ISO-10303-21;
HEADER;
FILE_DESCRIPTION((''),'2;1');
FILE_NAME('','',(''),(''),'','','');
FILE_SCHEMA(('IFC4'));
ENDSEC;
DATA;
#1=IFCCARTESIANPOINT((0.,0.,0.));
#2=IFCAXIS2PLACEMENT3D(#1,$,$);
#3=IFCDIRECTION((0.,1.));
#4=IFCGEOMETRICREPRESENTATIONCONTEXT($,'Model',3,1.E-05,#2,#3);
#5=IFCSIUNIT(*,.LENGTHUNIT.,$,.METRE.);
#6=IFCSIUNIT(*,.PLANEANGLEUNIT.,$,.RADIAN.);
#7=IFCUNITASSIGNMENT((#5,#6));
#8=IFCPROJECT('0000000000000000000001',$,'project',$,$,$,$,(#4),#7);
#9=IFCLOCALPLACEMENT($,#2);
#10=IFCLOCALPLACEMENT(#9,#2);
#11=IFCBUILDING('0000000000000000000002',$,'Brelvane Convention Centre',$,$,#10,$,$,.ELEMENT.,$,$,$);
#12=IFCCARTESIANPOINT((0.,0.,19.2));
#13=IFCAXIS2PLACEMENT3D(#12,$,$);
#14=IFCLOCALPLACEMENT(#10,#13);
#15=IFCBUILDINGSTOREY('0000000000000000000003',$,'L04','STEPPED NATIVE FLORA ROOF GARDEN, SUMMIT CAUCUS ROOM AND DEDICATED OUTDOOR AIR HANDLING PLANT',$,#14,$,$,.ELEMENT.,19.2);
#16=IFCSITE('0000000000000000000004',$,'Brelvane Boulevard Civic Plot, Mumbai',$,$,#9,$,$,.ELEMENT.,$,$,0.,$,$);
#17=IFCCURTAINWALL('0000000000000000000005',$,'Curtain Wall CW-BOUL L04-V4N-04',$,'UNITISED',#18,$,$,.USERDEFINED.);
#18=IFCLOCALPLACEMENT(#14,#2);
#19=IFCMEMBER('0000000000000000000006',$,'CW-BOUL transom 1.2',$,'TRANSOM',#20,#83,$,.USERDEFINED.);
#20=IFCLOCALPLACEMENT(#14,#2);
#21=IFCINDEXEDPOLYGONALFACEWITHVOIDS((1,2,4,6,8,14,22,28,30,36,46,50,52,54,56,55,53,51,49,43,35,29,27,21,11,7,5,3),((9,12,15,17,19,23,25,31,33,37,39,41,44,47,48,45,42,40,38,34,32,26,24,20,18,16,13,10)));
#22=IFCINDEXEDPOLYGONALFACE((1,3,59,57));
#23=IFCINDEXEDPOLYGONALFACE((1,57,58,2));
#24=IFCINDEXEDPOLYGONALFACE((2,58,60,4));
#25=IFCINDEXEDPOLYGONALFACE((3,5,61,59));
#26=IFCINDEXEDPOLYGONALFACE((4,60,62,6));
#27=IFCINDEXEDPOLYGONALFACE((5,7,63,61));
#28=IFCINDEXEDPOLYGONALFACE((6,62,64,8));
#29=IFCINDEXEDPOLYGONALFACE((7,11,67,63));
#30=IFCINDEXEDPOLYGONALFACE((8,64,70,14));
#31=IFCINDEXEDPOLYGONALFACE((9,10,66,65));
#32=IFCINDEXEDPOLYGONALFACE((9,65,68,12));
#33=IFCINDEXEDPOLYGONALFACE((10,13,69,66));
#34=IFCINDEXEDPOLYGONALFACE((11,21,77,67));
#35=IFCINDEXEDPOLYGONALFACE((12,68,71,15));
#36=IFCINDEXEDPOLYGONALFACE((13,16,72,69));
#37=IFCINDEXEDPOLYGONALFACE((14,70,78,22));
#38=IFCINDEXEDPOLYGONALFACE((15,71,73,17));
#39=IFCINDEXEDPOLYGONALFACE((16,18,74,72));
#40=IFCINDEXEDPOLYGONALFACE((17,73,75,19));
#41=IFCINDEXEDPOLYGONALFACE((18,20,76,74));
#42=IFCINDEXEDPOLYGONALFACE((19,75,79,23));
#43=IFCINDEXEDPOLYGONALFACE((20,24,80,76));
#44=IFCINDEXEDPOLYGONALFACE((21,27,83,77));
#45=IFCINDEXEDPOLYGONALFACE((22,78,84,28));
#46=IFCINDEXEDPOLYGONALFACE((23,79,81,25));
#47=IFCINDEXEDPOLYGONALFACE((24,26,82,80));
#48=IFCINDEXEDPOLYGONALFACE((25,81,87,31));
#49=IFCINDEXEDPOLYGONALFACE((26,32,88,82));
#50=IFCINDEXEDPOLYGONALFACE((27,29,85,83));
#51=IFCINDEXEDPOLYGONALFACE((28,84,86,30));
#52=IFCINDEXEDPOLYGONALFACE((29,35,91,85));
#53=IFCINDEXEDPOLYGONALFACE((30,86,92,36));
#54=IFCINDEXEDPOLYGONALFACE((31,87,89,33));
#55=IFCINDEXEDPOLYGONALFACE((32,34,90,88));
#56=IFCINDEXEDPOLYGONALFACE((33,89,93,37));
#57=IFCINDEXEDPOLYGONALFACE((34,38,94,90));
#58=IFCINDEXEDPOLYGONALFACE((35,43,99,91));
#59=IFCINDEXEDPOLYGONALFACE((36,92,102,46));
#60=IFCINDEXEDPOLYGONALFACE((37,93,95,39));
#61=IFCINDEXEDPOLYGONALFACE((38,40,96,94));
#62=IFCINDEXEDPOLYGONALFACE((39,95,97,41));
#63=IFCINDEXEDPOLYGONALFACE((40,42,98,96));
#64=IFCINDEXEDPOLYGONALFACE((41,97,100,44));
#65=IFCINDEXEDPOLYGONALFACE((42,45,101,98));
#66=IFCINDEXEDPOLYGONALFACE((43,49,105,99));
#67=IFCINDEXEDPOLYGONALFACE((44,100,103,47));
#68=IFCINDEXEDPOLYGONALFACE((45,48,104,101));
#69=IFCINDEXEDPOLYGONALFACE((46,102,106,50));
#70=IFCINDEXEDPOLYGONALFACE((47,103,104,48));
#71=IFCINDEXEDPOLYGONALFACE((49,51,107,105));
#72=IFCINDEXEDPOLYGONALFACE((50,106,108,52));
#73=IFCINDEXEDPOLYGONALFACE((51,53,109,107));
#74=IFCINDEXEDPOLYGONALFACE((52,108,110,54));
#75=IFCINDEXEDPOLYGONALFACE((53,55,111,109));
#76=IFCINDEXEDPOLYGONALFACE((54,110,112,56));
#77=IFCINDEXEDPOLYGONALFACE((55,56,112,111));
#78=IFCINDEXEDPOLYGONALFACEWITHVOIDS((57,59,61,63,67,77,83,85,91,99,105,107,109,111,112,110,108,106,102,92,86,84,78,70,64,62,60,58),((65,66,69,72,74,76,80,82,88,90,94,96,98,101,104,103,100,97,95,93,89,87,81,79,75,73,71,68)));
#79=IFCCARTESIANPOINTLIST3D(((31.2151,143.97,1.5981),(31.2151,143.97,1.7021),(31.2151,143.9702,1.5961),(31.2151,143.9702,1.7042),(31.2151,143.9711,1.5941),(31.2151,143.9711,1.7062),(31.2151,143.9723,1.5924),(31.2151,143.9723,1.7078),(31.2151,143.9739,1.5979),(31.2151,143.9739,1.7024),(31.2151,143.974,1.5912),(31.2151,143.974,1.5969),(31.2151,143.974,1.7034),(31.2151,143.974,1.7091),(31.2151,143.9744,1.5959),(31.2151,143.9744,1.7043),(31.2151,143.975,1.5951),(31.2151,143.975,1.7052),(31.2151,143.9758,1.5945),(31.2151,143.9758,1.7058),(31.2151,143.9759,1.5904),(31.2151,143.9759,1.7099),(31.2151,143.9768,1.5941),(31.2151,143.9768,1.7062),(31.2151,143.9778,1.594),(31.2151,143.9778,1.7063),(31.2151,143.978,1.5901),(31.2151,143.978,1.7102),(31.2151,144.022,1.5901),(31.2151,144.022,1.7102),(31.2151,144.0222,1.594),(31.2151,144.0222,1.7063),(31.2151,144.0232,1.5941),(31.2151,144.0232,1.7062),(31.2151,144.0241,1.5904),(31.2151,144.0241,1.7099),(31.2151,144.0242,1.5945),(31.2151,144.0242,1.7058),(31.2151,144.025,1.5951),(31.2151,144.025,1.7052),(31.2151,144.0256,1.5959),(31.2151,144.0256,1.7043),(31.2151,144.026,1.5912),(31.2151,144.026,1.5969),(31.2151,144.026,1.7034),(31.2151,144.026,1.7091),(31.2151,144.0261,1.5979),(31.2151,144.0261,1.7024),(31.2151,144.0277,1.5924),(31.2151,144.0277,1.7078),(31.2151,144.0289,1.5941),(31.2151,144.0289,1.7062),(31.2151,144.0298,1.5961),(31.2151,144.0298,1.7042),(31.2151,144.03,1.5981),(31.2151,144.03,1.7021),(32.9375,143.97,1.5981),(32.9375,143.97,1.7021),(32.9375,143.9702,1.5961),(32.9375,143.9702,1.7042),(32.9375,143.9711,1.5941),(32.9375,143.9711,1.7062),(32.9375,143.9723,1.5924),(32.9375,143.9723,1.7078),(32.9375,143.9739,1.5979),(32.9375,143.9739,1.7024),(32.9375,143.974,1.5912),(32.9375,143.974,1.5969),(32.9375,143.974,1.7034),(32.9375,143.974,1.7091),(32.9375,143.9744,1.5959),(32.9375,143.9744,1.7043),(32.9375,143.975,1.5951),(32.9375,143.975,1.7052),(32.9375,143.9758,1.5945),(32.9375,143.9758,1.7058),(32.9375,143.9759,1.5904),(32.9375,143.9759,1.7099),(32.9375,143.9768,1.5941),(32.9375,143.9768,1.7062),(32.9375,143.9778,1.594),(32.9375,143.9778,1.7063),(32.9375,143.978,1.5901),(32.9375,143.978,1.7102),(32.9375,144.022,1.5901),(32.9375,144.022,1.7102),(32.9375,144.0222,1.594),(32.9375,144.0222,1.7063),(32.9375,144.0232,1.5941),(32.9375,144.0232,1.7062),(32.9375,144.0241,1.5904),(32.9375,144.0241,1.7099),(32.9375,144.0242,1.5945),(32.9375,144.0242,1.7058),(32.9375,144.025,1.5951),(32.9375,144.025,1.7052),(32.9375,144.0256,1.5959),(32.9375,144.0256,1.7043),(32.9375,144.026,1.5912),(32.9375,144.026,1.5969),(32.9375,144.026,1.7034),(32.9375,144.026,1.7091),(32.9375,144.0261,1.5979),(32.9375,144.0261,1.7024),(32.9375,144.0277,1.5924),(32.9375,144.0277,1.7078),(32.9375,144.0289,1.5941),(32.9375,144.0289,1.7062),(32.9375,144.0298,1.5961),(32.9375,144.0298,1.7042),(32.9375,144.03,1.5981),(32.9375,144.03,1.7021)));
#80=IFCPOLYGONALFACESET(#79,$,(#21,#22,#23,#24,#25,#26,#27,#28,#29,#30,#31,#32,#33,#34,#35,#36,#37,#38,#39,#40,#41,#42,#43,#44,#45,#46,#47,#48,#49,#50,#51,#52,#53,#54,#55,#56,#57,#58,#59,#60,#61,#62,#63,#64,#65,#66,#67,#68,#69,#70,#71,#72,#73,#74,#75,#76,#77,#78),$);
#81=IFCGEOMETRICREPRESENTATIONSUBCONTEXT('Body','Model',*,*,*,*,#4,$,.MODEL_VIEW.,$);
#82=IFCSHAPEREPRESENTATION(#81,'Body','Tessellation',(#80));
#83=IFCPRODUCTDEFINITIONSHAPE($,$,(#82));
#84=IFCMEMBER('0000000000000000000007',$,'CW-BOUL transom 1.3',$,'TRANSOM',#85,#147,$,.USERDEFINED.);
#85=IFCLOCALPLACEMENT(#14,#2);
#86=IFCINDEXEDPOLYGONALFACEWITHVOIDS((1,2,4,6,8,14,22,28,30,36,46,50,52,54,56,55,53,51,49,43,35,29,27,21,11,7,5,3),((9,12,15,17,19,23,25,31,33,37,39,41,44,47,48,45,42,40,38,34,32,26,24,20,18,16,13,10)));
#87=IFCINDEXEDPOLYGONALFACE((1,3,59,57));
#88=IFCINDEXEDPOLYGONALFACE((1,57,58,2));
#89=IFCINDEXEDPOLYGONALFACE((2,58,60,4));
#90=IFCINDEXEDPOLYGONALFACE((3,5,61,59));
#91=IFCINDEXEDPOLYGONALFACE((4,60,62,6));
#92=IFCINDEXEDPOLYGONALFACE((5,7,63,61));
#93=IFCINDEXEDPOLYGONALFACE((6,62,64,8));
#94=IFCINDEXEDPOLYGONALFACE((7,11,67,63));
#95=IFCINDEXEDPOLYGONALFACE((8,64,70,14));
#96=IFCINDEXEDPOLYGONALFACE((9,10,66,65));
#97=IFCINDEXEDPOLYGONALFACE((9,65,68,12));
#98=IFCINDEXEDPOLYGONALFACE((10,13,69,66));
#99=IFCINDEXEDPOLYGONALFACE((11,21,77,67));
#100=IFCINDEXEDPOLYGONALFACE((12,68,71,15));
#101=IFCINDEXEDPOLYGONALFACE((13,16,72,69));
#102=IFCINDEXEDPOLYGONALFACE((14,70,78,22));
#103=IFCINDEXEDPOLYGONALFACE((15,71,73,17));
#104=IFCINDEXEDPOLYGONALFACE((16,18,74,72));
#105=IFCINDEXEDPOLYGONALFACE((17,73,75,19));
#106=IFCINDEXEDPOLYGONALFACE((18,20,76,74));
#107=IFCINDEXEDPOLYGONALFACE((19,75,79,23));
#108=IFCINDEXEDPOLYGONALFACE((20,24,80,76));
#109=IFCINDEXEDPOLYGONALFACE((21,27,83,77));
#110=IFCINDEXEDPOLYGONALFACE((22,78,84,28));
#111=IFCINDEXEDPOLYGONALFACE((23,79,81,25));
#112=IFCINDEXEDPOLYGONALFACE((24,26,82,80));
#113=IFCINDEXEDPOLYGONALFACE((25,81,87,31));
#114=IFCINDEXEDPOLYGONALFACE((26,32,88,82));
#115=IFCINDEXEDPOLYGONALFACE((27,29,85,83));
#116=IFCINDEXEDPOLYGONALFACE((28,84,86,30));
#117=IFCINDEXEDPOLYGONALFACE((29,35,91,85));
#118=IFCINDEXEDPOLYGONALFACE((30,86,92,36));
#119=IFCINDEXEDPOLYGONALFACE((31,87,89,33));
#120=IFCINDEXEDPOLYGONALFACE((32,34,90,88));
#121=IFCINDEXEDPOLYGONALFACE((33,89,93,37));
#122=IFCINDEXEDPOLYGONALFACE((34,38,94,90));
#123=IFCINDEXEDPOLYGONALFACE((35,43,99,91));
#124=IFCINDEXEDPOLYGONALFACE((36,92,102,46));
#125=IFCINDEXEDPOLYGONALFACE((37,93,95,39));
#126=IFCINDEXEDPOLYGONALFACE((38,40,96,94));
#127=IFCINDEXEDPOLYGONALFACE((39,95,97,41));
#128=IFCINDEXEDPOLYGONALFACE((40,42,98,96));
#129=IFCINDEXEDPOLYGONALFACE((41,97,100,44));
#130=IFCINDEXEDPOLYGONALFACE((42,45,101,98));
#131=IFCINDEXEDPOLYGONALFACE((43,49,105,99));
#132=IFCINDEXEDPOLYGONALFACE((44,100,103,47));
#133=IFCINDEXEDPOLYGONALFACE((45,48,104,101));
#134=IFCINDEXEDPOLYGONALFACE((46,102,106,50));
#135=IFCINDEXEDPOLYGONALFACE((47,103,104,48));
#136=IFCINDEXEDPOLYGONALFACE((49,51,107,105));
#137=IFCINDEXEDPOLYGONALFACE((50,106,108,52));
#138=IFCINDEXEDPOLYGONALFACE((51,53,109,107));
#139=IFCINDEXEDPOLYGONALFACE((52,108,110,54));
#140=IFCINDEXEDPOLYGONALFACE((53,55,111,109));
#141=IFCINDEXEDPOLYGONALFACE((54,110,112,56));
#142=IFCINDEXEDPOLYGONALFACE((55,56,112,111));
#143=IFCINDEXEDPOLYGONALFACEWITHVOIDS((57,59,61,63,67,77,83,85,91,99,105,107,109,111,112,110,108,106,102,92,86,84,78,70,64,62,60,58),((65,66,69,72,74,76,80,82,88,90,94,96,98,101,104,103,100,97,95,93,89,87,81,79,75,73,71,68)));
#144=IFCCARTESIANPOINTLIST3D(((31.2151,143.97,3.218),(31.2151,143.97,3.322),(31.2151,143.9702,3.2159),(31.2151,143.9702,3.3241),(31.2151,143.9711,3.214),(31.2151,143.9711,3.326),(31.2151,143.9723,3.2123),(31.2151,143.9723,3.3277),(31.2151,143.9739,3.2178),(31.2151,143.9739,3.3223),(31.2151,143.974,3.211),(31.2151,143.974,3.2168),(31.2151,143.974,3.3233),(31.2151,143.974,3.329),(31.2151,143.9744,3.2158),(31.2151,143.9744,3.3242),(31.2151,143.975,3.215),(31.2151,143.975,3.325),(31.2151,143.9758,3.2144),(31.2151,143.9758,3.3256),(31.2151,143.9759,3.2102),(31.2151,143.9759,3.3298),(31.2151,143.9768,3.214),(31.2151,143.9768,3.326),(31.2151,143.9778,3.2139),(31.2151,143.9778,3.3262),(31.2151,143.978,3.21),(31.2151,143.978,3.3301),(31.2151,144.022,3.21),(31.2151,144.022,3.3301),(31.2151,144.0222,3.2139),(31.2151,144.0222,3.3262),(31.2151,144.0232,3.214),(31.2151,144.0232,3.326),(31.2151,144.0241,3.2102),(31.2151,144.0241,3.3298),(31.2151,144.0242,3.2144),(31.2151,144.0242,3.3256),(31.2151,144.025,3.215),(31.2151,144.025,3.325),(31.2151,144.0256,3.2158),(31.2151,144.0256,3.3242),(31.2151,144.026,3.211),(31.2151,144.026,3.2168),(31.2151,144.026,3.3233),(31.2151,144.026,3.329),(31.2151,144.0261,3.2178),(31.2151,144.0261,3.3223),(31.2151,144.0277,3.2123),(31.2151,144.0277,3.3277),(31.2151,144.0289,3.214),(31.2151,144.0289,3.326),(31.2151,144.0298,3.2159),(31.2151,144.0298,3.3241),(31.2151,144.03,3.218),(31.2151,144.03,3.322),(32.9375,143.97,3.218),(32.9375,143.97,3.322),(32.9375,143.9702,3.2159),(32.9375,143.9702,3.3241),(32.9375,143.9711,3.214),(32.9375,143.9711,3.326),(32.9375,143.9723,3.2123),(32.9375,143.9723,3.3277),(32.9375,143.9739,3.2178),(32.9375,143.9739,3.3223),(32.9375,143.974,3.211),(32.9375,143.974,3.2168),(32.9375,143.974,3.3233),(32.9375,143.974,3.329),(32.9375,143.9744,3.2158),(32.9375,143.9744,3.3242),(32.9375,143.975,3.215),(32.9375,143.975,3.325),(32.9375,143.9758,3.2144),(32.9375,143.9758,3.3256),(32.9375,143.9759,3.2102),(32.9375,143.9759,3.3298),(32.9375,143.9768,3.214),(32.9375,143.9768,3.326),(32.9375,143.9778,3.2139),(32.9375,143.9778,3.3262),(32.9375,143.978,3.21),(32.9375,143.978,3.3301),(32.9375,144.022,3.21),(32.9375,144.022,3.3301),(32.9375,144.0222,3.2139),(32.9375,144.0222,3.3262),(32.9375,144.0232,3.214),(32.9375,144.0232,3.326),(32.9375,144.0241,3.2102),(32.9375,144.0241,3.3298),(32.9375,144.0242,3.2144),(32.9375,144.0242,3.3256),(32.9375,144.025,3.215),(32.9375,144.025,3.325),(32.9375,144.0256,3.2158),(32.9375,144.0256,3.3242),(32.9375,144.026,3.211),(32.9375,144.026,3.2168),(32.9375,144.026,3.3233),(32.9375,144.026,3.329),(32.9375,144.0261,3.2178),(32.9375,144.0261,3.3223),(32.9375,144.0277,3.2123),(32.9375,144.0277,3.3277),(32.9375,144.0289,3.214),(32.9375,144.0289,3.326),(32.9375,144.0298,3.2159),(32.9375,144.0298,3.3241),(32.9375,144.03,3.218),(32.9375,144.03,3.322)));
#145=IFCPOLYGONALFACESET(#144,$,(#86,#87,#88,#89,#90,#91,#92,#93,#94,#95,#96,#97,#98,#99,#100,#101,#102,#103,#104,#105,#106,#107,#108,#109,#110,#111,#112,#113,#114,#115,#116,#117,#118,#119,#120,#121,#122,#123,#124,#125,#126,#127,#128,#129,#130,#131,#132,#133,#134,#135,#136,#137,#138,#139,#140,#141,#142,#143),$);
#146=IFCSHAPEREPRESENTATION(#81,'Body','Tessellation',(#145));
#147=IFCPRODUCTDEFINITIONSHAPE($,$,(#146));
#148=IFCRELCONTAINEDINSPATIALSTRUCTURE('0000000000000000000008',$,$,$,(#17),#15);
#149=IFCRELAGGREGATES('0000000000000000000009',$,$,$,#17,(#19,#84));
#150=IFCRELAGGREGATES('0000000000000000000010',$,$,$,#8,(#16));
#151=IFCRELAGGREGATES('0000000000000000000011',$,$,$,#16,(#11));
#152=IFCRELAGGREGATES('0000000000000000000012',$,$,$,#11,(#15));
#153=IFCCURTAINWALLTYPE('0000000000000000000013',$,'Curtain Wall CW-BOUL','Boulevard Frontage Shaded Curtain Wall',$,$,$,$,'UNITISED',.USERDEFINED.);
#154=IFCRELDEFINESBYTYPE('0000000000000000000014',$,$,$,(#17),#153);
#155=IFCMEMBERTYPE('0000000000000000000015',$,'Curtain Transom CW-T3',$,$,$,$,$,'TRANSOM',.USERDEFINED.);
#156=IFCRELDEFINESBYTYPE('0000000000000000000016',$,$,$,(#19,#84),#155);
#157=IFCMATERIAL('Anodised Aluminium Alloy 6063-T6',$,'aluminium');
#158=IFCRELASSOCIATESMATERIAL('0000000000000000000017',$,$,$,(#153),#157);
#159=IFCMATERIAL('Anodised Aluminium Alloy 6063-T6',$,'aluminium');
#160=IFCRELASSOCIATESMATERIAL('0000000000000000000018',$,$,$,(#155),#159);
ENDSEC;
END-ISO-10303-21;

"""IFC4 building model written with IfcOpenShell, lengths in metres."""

from ifc_helpers import new_model, si_unit, direction, frame, origin, origin_2d, place, context, subcontext, project, spatial, hollow_rectangle, extrude, material, material_profile, profile_set, type_object, element, aggregate, save


model = new_model("IFC4")

# Units and contexts
model_context = context("Model", 3, precision=1e-05, world=origin(), true_north=direction((0.0, 1.0)))
body_context = subcontext(model_context, "Body", "Model", "MODEL_VIEW")
ifc_project = project(units=[si_unit("LENGTHUNIT", "METRE"), si_unit("PLANEANGLEUNIT", "RADIAN")], contexts=[model_context])

# Site, building, storey
site_placement = place(None, origin())
site = spatial("IfcSite", under=ifc_project, at=site_placement, Name="Brelvane Boulevard Civic Plot, Mumbai", CompositionType="ELEMENT", RefElevation=0.0)
building_placement = place(site_placement, origin())
building = spatial("IfcBuilding", under=site, at=building_placement, Name="Brelvane Convention Centre", CompositionType="ELEMENT")
storey_placement = place(building_placement, frame((0.0, 0.0, 19.2)))
storey = spatial("IfcBuildingStorey", under=building, at=storey_placement, Name="L04", Description="STEPPED NATIVE FLORA ROOF GARDEN, SUMMIT CAUCUS ROOM AND DEDICATED OUTDOOR AIR HANDLING PLANT", CompositionType="ELEMENT", Elevation=19.2)

# Shared definitions
ifc_material_1 = material(Name="Anodised Aluminium Alloy 6063-T6", Category="aluminium")
curtain_wall_type = type_object("IfcCurtainWallType", Name="Curtain Wall CW-BOUL", Description="Boulevard Frontage Shaded Curtain Wall", ElementType="UNITISED", PredefinedType="USERDEFINED", material=ifc_material_1)

# Curtain wall
curtain_wall_1_placement = place(storey_placement, origin())
curtain_wall_1 = element("IfcCurtainWall", 1, at=curtain_wall_1_placement, inside=storey, type_object=curtain_wall_type, Name="Curtain Wall CW-BOUL L04-V4N-04", ObjectType="UNITISED", PredefinedType="USERDEFINED")

# Members
ifc_material_2 = material(Name="Anodised Aluminium Alloy 6063-T6", Category="aluminium")
ifc_material_profile_1 = material_profile(ifc_material_2, hollow_rectangle(XDim=0.0601, YDim=0.1201, WallThickness=0.0039, InnerFilletRadius=0.0039, OuterFilletRadius=0.0081, at=origin_2d()), Name="ALU-T 120x60x4.0")
ifc_profile_set_1 = profile_set([ifc_material_profile_1], Name="Anodised Aluminium Alloy 6063-T6")
member_type_1 = type_object("IfcMemberType", Name="Curtain Transom CW-T3", ElementType="TRANSOM", PredefinedType="USERDEFINED", material=ifc_profile_set_1)
member_1_placement = place(storey_placement, frame((31.2151, 144.0, 1.6501), z_axis=(1.0, 0.0, 0.0), x_axis=(0.0, 1.0, 0.0)))
member_1 = element("IfcMember", 2, at=member_1_placement, type_object=member_type_1, Name="CW-BOUL transom 1.2", ObjectType="TRANSOM", PredefinedType="USERDEFINED", context=body_context, shape_type="SweptSolid", body=[
    extrude(hollow_rectangle(XDim=0.0601, YDim=0.1201, WallThickness=0.0039, InnerFilletRadius=0.0039, OuterFilletRadius=0.0081, at=origin_2d()), origin(), (0.0, 0.0, 1.0), 1.7224),
])
member_2_placement = place(storey_placement, frame((31.2151, 144.0, 3.27), z_axis=(1.0, 0.0, 0.0), x_axis=(0.0, 1.0, 0.0)))
member_2 = element("IfcMember", 3, at=member_2_placement, type_object=member_type_1, Name="CW-BOUL transom 1.3", ObjectType="TRANSOM", PredefinedType="USERDEFINED", context=body_context, shape_type="SweptSolid", body=[
    extrude(hollow_rectangle(XDim=0.0601, YDim=0.1201, WallThickness=0.0039, InnerFilletRadius=0.0039, OuterFilletRadius=0.0081, at=origin_2d()), origin(), (0.0, 0.0, 1.0), 1.7224),
])

aggregate(curtain_wall_1, [member_1, member_2])

save(model, "model.ifc")
